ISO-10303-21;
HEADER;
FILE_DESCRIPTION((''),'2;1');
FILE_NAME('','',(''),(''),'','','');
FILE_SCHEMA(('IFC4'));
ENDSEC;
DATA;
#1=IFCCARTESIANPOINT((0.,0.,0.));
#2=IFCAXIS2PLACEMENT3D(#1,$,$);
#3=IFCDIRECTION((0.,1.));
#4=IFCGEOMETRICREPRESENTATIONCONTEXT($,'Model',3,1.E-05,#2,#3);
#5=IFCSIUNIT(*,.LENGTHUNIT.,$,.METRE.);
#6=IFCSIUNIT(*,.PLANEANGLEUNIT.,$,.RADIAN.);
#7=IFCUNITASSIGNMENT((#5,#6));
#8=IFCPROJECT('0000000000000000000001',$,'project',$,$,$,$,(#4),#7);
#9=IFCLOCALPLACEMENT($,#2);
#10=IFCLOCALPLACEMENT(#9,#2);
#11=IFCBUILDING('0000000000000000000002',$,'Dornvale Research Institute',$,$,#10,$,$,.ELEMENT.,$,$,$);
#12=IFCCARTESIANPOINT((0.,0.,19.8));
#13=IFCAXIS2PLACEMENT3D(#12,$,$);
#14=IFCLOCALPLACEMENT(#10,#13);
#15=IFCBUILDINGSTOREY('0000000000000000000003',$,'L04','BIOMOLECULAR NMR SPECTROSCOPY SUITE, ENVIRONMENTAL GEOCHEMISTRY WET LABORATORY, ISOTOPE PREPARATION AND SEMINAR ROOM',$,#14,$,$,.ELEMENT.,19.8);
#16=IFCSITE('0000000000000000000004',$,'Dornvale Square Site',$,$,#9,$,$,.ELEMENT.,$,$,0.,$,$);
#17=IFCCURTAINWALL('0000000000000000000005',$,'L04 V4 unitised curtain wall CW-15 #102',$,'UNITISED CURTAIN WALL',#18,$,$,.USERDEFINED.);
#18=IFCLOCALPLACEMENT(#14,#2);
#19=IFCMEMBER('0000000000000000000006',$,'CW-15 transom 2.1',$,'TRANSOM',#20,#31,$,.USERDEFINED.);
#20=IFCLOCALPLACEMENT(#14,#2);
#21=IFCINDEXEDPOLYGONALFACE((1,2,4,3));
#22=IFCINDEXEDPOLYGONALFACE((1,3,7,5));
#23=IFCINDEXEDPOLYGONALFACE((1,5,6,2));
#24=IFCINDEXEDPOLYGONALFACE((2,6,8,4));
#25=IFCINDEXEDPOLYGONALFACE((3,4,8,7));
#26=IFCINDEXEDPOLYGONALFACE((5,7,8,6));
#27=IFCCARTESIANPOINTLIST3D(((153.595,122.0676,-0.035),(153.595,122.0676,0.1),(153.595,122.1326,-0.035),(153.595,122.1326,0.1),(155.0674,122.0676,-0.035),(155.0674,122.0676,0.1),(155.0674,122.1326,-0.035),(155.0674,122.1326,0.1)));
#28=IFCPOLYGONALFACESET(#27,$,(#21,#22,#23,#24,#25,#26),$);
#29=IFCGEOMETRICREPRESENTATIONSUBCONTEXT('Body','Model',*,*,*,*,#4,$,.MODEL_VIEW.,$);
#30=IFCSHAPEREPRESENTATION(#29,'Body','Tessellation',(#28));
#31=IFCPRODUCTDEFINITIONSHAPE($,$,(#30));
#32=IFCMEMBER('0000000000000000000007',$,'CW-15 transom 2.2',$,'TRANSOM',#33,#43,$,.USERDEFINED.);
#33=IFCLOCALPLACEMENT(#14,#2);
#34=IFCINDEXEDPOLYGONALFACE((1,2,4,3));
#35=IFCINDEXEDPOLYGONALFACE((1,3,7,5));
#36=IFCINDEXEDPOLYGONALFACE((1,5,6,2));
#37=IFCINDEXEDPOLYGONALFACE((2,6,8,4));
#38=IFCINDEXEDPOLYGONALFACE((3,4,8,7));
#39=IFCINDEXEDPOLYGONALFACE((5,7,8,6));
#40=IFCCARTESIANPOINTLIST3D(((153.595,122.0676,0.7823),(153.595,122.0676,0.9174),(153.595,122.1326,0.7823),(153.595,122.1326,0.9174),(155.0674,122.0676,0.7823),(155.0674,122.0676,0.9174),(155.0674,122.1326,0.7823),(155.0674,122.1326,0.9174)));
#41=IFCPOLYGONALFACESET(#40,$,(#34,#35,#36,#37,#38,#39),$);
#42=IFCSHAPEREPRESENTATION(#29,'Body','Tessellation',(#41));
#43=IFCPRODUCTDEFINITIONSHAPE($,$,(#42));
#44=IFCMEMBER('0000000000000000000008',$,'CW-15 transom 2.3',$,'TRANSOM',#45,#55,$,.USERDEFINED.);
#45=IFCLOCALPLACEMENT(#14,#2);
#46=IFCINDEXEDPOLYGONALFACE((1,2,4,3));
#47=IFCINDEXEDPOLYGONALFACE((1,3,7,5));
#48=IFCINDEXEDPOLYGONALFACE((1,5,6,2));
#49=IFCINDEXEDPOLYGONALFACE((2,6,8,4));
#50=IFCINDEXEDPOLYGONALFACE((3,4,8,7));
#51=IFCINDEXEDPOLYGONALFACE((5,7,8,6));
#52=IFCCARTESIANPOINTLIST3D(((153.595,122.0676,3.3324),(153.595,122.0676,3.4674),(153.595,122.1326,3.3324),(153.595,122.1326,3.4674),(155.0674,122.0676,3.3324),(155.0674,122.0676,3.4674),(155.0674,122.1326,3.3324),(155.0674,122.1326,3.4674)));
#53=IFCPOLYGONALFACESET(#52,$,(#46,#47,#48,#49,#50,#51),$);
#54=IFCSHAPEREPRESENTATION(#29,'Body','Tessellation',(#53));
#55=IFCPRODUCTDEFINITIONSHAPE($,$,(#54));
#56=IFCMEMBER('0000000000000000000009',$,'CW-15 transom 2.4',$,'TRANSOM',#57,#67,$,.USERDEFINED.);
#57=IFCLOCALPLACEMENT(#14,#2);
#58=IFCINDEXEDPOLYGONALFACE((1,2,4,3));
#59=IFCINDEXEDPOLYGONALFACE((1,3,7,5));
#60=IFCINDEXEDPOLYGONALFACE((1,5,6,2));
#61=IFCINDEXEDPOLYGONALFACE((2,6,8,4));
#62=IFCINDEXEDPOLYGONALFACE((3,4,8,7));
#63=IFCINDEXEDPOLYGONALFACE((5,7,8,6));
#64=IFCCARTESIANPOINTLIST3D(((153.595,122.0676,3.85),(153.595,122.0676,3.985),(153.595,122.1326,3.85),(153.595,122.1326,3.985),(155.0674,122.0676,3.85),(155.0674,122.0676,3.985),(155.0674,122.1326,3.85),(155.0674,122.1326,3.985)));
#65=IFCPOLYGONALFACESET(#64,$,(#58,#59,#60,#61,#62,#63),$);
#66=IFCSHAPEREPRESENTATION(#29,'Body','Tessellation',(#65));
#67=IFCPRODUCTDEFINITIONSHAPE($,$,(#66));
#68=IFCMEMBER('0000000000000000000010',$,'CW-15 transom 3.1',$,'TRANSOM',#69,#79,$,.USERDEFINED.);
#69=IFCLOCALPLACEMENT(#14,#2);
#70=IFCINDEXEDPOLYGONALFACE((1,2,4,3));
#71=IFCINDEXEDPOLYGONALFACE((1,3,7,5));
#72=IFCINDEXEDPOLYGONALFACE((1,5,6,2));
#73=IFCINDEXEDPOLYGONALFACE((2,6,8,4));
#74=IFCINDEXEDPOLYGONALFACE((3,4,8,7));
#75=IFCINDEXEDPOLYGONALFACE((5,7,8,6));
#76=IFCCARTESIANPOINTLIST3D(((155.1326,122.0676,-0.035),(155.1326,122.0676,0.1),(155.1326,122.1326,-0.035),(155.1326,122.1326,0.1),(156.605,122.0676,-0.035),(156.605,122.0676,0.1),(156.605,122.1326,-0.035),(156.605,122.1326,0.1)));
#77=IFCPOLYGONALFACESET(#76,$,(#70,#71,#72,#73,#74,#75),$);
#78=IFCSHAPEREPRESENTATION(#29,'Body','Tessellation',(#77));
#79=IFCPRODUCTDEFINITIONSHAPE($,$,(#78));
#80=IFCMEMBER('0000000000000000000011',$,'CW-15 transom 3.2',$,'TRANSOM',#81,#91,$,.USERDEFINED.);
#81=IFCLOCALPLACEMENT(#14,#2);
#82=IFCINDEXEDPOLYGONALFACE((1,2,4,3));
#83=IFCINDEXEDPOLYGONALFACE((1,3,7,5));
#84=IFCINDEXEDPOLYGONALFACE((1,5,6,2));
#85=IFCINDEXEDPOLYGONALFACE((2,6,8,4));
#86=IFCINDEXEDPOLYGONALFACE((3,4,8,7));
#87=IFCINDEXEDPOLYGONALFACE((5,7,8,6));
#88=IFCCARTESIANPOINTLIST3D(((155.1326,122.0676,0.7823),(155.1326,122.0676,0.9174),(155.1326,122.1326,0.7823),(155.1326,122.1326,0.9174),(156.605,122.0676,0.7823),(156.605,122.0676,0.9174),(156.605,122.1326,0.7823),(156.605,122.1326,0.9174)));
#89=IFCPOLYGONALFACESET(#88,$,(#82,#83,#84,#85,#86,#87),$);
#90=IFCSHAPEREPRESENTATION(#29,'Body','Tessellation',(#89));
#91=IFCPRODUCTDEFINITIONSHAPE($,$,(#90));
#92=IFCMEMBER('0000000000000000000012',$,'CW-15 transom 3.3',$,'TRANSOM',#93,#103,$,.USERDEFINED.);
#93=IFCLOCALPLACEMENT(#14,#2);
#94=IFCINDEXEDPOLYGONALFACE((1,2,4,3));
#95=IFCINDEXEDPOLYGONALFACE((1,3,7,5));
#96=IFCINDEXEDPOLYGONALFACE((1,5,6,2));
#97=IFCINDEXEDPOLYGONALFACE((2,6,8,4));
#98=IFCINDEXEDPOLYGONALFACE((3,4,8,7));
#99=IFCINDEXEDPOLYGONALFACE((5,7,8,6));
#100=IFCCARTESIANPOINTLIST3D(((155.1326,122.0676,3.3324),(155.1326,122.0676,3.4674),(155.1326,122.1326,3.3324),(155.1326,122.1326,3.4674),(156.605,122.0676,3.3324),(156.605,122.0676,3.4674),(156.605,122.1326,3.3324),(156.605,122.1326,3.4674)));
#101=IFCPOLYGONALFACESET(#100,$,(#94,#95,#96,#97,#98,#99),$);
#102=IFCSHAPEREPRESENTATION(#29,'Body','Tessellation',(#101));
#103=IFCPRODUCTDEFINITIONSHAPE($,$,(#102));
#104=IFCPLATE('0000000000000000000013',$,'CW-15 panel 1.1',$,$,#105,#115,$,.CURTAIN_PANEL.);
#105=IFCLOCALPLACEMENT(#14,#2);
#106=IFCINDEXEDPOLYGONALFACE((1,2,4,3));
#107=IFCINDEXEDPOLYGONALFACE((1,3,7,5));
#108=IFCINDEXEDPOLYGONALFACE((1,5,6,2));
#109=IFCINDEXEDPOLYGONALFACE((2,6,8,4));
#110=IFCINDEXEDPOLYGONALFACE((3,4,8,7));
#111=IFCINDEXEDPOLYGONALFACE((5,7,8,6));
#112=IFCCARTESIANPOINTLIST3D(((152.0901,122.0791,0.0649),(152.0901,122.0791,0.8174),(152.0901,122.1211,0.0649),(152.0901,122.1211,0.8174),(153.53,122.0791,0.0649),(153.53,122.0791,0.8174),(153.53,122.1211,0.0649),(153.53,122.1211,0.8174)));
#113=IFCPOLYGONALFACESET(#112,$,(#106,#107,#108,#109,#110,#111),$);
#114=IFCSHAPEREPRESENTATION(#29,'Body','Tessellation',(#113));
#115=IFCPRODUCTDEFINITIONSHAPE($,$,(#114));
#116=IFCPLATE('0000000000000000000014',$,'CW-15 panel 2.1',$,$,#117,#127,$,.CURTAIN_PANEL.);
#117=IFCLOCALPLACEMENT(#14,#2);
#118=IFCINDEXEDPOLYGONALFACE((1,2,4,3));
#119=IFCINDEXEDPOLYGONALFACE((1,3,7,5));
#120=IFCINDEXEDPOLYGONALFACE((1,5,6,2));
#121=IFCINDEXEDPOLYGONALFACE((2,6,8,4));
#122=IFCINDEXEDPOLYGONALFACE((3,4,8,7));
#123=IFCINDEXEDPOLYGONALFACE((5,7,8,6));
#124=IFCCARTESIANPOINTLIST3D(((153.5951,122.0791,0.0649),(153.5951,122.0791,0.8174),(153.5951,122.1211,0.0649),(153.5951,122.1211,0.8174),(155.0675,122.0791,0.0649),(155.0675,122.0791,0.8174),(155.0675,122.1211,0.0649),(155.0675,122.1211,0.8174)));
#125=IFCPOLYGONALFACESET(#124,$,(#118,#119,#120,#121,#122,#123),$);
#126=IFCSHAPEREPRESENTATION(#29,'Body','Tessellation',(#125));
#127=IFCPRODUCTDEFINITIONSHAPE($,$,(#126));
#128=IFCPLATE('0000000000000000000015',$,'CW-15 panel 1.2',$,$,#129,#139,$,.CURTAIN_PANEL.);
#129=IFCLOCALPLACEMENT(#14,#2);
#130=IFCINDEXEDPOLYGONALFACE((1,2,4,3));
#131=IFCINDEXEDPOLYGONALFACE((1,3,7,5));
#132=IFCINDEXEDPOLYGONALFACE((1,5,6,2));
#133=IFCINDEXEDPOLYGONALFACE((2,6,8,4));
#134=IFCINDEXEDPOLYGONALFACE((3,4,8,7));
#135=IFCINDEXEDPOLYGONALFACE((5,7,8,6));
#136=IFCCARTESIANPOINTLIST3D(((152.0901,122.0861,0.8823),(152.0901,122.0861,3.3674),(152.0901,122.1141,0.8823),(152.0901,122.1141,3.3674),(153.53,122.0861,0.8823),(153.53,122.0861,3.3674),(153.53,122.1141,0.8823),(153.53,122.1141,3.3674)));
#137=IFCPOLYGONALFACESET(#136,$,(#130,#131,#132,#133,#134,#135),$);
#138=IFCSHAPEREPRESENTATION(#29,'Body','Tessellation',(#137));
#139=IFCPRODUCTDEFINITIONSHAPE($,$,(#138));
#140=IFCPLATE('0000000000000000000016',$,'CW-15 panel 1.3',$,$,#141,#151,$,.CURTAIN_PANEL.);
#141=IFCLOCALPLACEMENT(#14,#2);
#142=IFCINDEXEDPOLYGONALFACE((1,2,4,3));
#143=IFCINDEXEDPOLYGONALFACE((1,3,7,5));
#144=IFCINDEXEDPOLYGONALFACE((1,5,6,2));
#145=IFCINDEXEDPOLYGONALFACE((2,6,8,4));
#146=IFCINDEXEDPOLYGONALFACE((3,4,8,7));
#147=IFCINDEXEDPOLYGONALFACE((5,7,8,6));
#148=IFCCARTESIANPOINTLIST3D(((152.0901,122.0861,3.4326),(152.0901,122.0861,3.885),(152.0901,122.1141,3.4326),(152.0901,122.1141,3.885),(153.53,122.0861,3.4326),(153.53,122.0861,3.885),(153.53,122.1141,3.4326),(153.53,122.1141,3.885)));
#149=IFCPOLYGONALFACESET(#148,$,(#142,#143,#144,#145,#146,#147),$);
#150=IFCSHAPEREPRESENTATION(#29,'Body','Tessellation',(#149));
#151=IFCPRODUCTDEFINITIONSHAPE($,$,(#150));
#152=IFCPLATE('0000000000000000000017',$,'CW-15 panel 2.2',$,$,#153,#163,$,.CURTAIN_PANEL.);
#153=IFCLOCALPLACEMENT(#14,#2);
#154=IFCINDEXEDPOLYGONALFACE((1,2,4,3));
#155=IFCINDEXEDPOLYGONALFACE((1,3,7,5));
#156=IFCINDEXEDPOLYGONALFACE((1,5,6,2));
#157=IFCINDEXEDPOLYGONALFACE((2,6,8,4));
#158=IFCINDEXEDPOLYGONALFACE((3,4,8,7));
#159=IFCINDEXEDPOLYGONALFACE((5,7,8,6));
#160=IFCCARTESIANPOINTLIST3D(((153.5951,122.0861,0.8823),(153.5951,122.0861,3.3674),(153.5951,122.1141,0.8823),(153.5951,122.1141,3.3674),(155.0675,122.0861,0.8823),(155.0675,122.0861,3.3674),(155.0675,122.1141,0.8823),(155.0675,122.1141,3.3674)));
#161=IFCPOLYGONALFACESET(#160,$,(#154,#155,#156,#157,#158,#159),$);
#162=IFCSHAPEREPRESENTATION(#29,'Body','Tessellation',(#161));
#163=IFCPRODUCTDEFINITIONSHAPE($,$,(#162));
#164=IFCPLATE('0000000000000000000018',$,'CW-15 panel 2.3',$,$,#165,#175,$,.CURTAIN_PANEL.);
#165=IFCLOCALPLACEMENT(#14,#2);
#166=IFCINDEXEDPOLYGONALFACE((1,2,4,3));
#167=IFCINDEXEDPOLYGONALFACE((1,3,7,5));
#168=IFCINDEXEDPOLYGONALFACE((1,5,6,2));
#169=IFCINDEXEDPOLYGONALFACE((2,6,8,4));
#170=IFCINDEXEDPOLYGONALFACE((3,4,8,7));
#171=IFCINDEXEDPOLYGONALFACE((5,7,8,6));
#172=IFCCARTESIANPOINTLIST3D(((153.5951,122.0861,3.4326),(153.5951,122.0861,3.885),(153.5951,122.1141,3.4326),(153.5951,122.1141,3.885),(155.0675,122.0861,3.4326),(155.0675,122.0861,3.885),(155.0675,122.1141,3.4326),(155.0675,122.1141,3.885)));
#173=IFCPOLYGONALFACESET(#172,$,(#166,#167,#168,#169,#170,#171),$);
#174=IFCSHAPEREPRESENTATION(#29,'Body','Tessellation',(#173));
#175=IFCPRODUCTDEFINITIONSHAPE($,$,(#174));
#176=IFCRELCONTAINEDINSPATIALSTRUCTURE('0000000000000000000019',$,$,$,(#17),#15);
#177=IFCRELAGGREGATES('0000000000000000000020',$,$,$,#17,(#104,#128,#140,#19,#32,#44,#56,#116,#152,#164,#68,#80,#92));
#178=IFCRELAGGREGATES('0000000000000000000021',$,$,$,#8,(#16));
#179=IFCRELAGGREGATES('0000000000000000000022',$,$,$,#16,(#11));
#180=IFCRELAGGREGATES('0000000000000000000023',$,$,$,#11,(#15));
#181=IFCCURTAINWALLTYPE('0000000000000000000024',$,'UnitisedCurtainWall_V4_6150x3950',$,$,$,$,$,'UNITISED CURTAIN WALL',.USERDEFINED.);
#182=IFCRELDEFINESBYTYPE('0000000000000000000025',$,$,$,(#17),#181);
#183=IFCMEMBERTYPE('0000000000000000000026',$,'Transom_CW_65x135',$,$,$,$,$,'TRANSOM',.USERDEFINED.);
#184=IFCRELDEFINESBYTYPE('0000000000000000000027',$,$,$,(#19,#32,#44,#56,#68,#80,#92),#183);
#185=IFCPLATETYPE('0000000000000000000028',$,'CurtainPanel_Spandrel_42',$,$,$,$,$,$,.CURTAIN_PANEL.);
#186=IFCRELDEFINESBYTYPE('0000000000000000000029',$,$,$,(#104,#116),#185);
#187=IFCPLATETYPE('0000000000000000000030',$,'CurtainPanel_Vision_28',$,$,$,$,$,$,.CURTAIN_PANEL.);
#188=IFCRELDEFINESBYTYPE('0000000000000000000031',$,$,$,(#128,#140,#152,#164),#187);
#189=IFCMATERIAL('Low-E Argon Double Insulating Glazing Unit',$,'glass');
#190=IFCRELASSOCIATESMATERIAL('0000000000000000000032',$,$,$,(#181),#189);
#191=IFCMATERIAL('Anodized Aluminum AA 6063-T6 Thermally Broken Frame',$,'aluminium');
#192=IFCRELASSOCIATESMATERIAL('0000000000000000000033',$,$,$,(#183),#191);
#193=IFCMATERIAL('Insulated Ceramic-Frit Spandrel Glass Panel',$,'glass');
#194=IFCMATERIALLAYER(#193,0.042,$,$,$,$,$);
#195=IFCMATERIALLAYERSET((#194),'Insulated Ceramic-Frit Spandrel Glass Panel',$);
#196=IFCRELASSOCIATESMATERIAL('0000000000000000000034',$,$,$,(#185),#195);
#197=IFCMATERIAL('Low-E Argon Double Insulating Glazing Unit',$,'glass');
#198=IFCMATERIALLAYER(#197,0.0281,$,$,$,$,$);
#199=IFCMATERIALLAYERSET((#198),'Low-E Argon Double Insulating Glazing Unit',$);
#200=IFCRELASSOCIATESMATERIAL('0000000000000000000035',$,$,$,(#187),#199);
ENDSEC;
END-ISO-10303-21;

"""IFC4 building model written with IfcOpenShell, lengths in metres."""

from ifc_helpers import new_model, si_unit, direction, frame, origin, origin_2d, place, context, subcontext, project, spatial, rectangle, extrude, material, layer, layer_set, material_profile, profile_set, type_object, element, aggregate, save


model = new_model("IFC4")

# Units and contexts
model_context = context("Model", 3, precision=1e-05, world=origin(), true_north=direction((0.0, 1.0)))
body_context = subcontext(model_context, "Body", "Model", "MODEL_VIEW")
ifc_project = project(units=[si_unit("LENGTHUNIT", "METRE"), si_unit("PLANEANGLEUNIT", "RADIAN")], contexts=[model_context])

# Site, building, storey
site_placement = place(None, origin())
site = spatial("IfcSite", under=ifc_project, at=site_placement, Name="Dornvale Square Site", CompositionType="ELEMENT", RefElevation=0.0)
building_placement = place(site_placement, origin())
building = spatial("IfcBuilding", under=site, at=building_placement, Name="Dornvale Research Institute", CompositionType="ELEMENT")
storey_placement = place(building_placement, frame((0.0, 0.0, 19.8)))
storey = spatial("IfcBuildingStorey", under=building, at=storey_placement, Name="L04", Description="BIOMOLECULAR NMR SPECTROSCOPY SUITE, ENVIRONMENTAL GEOCHEMISTRY WET LABORATORY, ISOTOPE PREPARATION AND SEMINAR ROOM", CompositionType="ELEMENT", Elevation=19.8)

# Curtain wall
ifc_material_1 = material(Name="Low-E Argon Double Insulating Glazing Unit", Category="glass")
curtain_wall_type = type_object("IfcCurtainWallType", Name="UnitisedCurtainWall_V4_6150x3950", ElementType="UNITISED CURTAIN WALL", PredefinedType="USERDEFINED", material=ifc_material_1)
curtain_wall_placement = place(storey_placement, origin())
curtain_wall = element("IfcCurtainWall", 1, at=curtain_wall_placement, inside=storey, type_object=curtain_wall_type, Name="L04 V4 unitised curtain wall CW-15 #102", ObjectType="UNITISED CURTAIN WALL", PredefinedType="USERDEFINED")

# Members
ifc_material_2 = material(Name="Anodized Aluminum AA 6063-T6 Thermally Broken Frame", Category="aluminium")
ifc_material_profile_1 = material_profile(ifc_material_2, rectangle(XDim=0.0649, YDim=0.135, at=origin_2d()), Name="ALU TRANSOM 65x135")
ifc_profile_set_1 = profile_set([ifc_material_profile_1], Name="Anodized Aluminum AA 6063-T6 Thermally Broken Frame")
member_type_1 = type_object("IfcMemberType", Name="Transom_CW_65x135", ElementType="TRANSOM", PredefinedType="USERDEFINED", material=ifc_profile_set_1)
member_1_placement = place(storey_placement, frame((153.595, 122.1001, 0.0325), z_axis=(1.0, 0.0, 0.0), x_axis=(0.0, 1.0, 0.0)))
member_1 = element("IfcMember", 2, at=member_1_placement, type_object=member_type_1, Name="CW-15 transom 2.1", ObjectType="TRANSOM", PredefinedType="USERDEFINED", context=body_context, shape_type="SweptSolid", body=[
    extrude(rectangle(XDim=0.0649, YDim=0.135, at=origin_2d()), origin(), (0.0, 0.0, 1.0), 1.4724),
])
member_2_placement = place(storey_placement, frame((153.595, 122.1001, 0.8499), z_axis=(1.0, 0.0, 0.0), x_axis=(0.0, 1.0, 0.0)))
member_2 = element("IfcMember", 3, at=member_2_placement, type_object=member_type_1, Name="CW-15 transom 2.2", ObjectType="TRANSOM", PredefinedType="USERDEFINED", context=body_context, shape_type="SweptSolid", body=[
    extrude(rectangle(XDim=0.0649, YDim=0.135, at=origin_2d()), origin(), (0.0, 0.0, 1.0), 1.4724),
])
member_3_placement = place(storey_placement, frame((153.595, 122.1001, 3.3999), z_axis=(1.0, 0.0, 0.0), x_axis=(0.0, 1.0, 0.0)))
member_3 = element("IfcMember", 4, at=member_3_placement, type_object=member_type_1, Name="CW-15 transom 2.3", ObjectType="TRANSOM", PredefinedType="USERDEFINED", context=body_context, shape_type="SweptSolid", body=[
    extrude(rectangle(XDim=0.0649, YDim=0.135, at=origin_2d()), origin(), (0.0, 0.0, 1.0), 1.4724),
])
member_4_placement = place(storey_placement, frame((153.595, 122.1001, 3.9175), z_axis=(1.0, 0.0, 0.0), x_axis=(0.0, 1.0, 0.0)))
member_4 = element("IfcMember", 5, at=member_4_placement, type_object=member_type_1, Name="CW-15 transom 2.4", ObjectType="TRANSOM", PredefinedType="USERDEFINED", context=body_context, shape_type="SweptSolid", body=[
    extrude(rectangle(XDim=0.0649, YDim=0.135, at=origin_2d()), origin(), (0.0, 0.0, 1.0), 1.4724),
])
member_5_placement = place(storey_placement, frame((155.1326, 122.1001, 0.0325), z_axis=(1.0, 0.0, 0.0), x_axis=(0.0, 1.0, 0.0)))
member_5 = element("IfcMember", 6, at=member_5_placement, type_object=member_type_1, Name="CW-15 transom 3.1", ObjectType="TRANSOM", PredefinedType="USERDEFINED", context=body_context, shape_type="SweptSolid", body=[
    extrude(rectangle(XDim=0.0649, YDim=0.135, at=origin_2d()), origin(), (0.0, 0.0, 1.0), 1.4724),
])
member_6_placement = place(storey_placement, frame((155.1326, 122.1001, 0.8499), z_axis=(1.0, 0.0, 0.0), x_axis=(0.0, 1.0, 0.0)))
member_6 = element("IfcMember", 7, at=member_6_placement, type_object=member_type_1, Name="CW-15 transom 3.2", ObjectType="TRANSOM", PredefinedType="USERDEFINED", context=body_context, shape_type="SweptSolid", body=[
    extrude(rectangle(XDim=0.0649, YDim=0.135, at=origin_2d()), origin(), (0.0, 0.0, 1.0), 1.4724),
])
member_7_placement = place(storey_placement, frame((155.1326, 122.1001, 3.3999), z_axis=(1.0, 0.0, 0.0), x_axis=(0.0, 1.0, 0.0)))
member_7 = element("IfcMember", 8, at=member_7_placement, type_object=member_type_1, Name="CW-15 transom 3.3", ObjectType="TRANSOM", PredefinedType="USERDEFINED", context=body_context, shape_type="SweptSolid", body=[
    extrude(rectangle(XDim=0.0649, YDim=0.135, at=origin_2d()), origin(), (0.0, 0.0, 1.0), 1.4724),
])

# Plates
ifc_material_3 = material(Name="Insulated Ceramic-Frit Spandrel Glass Panel", Category="glass")
ifc_layer_1 = layer(ifc_material_3, 0.042)
ifc_layer_set_1 = layer_set([ifc_layer_1], Name="Insulated Ceramic-Frit Spandrel Glass Panel")
plate_type_1 = type_object("IfcPlateType", Name="CurtainPanel_Spandrel_42", PredefinedType="CURTAIN_PANEL", material=ifc_layer_set_1)
plate_1_placement = place(storey_placement, frame((152.8101, 122.1001, 0.0649), z_axis=(0.0, 0.0, 1.0), x_axis=(1.0, 0.0, 0.0)))
plate_1 = element("IfcPlate", 9, at=plate_1_placement, type_object=plate_type_1, Name="CW-15 panel 1.1", PredefinedType="CURTAIN_PANEL", context=body_context, shape_type="SweptSolid", body=[
    extrude(rectangle(XDim=1.4399, YDim=0.042, at=origin_2d()), origin(), (0.0, 0.0, 1.0), 0.7524),
])
plate_2_placement = place(storey_placement, frame((154.3313, 122.1001, 0.0649), z_axis=(0.0, 0.0, 1.0), x_axis=(1.0, 0.0, 0.0)))
plate_2 = element("IfcPlate", 10, at=plate_2_placement, type_object=plate_type_1, Name="CW-15 panel 2.1", PredefinedType="CURTAIN_PANEL", context=body_context, shape_type="SweptSolid", body=[
    extrude(rectangle(XDim=1.4724, YDim=0.042, at=origin_2d()), origin(), (0.0, 0.0, 1.0), 0.7524),
])
ifc_material_4 = material(Name="Low-E Argon Double Insulating Glazing Unit", Category="glass")
ifc_layer_2 = layer(ifc_material_4, 0.0281)
ifc_layer_set_2 = layer_set([ifc_layer_2], Name="Low-E Argon Double Insulating Glazing Unit")
plate_type_2 = type_object("IfcPlateType", Name="CurtainPanel_Vision_28", PredefinedType="CURTAIN_PANEL", material=ifc_layer_set_2)
plate_3_placement = place(storey_placement, frame((152.8101, 122.1001, 0.8823), z_axis=(0.0, 0.0, 1.0), x_axis=(1.0, 0.0, 0.0)))
plate_3 = element("IfcPlate", 11, at=plate_3_placement, type_object=plate_type_2, Name="CW-15 panel 1.2", PredefinedType="CURTAIN_PANEL", context=body_context, shape_type="SweptSolid", body=[
    extrude(rectangle(XDim=1.4399, YDim=0.0281, at=origin_2d()), origin(), (0.0, 0.0, 1.0), 2.4851),
])
plate_4_placement = place(storey_placement, frame((152.8101, 122.1001, 3.4326), z_axis=(0.0, 0.0, 1.0), x_axis=(1.0, 0.0, 0.0)))
plate_4 = element("IfcPlate", 12, at=plate_4_placement, type_object=plate_type_2, Name="CW-15 panel 1.3", PredefinedType="CURTAIN_PANEL", context=body_context, shape_type="SweptSolid", body=[
    extrude(rectangle(XDim=1.4399, YDim=0.0281, at=origin_2d()), origin(), (0.0, 0.0, 1.0), 0.4524),
])
plate_5_placement = place(storey_placement, frame((154.3313, 122.1001, 0.8823), z_axis=(0.0, 0.0, 1.0), x_axis=(1.0, 0.0, 0.0)))
plate_5 = element("IfcPlate", 13, at=plate_5_placement, type_object=plate_type_2, Name="CW-15 panel 2.2", PredefinedType="CURTAIN_PANEL", context=body_context, shape_type="SweptSolid", body=[
    extrude(rectangle(XDim=1.4724, YDim=0.0281, at=origin_2d()), origin(), (0.0, 0.0, 1.0), 2.4851),
])
plate_6_placement = place(storey_placement, frame((154.3313, 122.1001, 3.4326), z_axis=(0.0, 0.0, 1.0), x_axis=(1.0, 0.0, 0.0)))
plate_6 = element("IfcPlate", 14, at=plate_6_placement, type_object=plate_type_2, Name="CW-15 panel 2.3", PredefinedType="CURTAIN_PANEL", context=body_context, shape_type="SweptSolid", body=[
    extrude(rectangle(XDim=1.4724, YDim=0.0281, at=origin_2d()), origin(), (0.0, 0.0, 1.0), 0.4524),
])
aggregate(curtain_wall, [plate_1, plate_3, plate_4, member_1, member_2, member_3, member_4, plate_2, plate_5, plate_6, member_5, member_6, member_7])

save(model, "model.ifc")
